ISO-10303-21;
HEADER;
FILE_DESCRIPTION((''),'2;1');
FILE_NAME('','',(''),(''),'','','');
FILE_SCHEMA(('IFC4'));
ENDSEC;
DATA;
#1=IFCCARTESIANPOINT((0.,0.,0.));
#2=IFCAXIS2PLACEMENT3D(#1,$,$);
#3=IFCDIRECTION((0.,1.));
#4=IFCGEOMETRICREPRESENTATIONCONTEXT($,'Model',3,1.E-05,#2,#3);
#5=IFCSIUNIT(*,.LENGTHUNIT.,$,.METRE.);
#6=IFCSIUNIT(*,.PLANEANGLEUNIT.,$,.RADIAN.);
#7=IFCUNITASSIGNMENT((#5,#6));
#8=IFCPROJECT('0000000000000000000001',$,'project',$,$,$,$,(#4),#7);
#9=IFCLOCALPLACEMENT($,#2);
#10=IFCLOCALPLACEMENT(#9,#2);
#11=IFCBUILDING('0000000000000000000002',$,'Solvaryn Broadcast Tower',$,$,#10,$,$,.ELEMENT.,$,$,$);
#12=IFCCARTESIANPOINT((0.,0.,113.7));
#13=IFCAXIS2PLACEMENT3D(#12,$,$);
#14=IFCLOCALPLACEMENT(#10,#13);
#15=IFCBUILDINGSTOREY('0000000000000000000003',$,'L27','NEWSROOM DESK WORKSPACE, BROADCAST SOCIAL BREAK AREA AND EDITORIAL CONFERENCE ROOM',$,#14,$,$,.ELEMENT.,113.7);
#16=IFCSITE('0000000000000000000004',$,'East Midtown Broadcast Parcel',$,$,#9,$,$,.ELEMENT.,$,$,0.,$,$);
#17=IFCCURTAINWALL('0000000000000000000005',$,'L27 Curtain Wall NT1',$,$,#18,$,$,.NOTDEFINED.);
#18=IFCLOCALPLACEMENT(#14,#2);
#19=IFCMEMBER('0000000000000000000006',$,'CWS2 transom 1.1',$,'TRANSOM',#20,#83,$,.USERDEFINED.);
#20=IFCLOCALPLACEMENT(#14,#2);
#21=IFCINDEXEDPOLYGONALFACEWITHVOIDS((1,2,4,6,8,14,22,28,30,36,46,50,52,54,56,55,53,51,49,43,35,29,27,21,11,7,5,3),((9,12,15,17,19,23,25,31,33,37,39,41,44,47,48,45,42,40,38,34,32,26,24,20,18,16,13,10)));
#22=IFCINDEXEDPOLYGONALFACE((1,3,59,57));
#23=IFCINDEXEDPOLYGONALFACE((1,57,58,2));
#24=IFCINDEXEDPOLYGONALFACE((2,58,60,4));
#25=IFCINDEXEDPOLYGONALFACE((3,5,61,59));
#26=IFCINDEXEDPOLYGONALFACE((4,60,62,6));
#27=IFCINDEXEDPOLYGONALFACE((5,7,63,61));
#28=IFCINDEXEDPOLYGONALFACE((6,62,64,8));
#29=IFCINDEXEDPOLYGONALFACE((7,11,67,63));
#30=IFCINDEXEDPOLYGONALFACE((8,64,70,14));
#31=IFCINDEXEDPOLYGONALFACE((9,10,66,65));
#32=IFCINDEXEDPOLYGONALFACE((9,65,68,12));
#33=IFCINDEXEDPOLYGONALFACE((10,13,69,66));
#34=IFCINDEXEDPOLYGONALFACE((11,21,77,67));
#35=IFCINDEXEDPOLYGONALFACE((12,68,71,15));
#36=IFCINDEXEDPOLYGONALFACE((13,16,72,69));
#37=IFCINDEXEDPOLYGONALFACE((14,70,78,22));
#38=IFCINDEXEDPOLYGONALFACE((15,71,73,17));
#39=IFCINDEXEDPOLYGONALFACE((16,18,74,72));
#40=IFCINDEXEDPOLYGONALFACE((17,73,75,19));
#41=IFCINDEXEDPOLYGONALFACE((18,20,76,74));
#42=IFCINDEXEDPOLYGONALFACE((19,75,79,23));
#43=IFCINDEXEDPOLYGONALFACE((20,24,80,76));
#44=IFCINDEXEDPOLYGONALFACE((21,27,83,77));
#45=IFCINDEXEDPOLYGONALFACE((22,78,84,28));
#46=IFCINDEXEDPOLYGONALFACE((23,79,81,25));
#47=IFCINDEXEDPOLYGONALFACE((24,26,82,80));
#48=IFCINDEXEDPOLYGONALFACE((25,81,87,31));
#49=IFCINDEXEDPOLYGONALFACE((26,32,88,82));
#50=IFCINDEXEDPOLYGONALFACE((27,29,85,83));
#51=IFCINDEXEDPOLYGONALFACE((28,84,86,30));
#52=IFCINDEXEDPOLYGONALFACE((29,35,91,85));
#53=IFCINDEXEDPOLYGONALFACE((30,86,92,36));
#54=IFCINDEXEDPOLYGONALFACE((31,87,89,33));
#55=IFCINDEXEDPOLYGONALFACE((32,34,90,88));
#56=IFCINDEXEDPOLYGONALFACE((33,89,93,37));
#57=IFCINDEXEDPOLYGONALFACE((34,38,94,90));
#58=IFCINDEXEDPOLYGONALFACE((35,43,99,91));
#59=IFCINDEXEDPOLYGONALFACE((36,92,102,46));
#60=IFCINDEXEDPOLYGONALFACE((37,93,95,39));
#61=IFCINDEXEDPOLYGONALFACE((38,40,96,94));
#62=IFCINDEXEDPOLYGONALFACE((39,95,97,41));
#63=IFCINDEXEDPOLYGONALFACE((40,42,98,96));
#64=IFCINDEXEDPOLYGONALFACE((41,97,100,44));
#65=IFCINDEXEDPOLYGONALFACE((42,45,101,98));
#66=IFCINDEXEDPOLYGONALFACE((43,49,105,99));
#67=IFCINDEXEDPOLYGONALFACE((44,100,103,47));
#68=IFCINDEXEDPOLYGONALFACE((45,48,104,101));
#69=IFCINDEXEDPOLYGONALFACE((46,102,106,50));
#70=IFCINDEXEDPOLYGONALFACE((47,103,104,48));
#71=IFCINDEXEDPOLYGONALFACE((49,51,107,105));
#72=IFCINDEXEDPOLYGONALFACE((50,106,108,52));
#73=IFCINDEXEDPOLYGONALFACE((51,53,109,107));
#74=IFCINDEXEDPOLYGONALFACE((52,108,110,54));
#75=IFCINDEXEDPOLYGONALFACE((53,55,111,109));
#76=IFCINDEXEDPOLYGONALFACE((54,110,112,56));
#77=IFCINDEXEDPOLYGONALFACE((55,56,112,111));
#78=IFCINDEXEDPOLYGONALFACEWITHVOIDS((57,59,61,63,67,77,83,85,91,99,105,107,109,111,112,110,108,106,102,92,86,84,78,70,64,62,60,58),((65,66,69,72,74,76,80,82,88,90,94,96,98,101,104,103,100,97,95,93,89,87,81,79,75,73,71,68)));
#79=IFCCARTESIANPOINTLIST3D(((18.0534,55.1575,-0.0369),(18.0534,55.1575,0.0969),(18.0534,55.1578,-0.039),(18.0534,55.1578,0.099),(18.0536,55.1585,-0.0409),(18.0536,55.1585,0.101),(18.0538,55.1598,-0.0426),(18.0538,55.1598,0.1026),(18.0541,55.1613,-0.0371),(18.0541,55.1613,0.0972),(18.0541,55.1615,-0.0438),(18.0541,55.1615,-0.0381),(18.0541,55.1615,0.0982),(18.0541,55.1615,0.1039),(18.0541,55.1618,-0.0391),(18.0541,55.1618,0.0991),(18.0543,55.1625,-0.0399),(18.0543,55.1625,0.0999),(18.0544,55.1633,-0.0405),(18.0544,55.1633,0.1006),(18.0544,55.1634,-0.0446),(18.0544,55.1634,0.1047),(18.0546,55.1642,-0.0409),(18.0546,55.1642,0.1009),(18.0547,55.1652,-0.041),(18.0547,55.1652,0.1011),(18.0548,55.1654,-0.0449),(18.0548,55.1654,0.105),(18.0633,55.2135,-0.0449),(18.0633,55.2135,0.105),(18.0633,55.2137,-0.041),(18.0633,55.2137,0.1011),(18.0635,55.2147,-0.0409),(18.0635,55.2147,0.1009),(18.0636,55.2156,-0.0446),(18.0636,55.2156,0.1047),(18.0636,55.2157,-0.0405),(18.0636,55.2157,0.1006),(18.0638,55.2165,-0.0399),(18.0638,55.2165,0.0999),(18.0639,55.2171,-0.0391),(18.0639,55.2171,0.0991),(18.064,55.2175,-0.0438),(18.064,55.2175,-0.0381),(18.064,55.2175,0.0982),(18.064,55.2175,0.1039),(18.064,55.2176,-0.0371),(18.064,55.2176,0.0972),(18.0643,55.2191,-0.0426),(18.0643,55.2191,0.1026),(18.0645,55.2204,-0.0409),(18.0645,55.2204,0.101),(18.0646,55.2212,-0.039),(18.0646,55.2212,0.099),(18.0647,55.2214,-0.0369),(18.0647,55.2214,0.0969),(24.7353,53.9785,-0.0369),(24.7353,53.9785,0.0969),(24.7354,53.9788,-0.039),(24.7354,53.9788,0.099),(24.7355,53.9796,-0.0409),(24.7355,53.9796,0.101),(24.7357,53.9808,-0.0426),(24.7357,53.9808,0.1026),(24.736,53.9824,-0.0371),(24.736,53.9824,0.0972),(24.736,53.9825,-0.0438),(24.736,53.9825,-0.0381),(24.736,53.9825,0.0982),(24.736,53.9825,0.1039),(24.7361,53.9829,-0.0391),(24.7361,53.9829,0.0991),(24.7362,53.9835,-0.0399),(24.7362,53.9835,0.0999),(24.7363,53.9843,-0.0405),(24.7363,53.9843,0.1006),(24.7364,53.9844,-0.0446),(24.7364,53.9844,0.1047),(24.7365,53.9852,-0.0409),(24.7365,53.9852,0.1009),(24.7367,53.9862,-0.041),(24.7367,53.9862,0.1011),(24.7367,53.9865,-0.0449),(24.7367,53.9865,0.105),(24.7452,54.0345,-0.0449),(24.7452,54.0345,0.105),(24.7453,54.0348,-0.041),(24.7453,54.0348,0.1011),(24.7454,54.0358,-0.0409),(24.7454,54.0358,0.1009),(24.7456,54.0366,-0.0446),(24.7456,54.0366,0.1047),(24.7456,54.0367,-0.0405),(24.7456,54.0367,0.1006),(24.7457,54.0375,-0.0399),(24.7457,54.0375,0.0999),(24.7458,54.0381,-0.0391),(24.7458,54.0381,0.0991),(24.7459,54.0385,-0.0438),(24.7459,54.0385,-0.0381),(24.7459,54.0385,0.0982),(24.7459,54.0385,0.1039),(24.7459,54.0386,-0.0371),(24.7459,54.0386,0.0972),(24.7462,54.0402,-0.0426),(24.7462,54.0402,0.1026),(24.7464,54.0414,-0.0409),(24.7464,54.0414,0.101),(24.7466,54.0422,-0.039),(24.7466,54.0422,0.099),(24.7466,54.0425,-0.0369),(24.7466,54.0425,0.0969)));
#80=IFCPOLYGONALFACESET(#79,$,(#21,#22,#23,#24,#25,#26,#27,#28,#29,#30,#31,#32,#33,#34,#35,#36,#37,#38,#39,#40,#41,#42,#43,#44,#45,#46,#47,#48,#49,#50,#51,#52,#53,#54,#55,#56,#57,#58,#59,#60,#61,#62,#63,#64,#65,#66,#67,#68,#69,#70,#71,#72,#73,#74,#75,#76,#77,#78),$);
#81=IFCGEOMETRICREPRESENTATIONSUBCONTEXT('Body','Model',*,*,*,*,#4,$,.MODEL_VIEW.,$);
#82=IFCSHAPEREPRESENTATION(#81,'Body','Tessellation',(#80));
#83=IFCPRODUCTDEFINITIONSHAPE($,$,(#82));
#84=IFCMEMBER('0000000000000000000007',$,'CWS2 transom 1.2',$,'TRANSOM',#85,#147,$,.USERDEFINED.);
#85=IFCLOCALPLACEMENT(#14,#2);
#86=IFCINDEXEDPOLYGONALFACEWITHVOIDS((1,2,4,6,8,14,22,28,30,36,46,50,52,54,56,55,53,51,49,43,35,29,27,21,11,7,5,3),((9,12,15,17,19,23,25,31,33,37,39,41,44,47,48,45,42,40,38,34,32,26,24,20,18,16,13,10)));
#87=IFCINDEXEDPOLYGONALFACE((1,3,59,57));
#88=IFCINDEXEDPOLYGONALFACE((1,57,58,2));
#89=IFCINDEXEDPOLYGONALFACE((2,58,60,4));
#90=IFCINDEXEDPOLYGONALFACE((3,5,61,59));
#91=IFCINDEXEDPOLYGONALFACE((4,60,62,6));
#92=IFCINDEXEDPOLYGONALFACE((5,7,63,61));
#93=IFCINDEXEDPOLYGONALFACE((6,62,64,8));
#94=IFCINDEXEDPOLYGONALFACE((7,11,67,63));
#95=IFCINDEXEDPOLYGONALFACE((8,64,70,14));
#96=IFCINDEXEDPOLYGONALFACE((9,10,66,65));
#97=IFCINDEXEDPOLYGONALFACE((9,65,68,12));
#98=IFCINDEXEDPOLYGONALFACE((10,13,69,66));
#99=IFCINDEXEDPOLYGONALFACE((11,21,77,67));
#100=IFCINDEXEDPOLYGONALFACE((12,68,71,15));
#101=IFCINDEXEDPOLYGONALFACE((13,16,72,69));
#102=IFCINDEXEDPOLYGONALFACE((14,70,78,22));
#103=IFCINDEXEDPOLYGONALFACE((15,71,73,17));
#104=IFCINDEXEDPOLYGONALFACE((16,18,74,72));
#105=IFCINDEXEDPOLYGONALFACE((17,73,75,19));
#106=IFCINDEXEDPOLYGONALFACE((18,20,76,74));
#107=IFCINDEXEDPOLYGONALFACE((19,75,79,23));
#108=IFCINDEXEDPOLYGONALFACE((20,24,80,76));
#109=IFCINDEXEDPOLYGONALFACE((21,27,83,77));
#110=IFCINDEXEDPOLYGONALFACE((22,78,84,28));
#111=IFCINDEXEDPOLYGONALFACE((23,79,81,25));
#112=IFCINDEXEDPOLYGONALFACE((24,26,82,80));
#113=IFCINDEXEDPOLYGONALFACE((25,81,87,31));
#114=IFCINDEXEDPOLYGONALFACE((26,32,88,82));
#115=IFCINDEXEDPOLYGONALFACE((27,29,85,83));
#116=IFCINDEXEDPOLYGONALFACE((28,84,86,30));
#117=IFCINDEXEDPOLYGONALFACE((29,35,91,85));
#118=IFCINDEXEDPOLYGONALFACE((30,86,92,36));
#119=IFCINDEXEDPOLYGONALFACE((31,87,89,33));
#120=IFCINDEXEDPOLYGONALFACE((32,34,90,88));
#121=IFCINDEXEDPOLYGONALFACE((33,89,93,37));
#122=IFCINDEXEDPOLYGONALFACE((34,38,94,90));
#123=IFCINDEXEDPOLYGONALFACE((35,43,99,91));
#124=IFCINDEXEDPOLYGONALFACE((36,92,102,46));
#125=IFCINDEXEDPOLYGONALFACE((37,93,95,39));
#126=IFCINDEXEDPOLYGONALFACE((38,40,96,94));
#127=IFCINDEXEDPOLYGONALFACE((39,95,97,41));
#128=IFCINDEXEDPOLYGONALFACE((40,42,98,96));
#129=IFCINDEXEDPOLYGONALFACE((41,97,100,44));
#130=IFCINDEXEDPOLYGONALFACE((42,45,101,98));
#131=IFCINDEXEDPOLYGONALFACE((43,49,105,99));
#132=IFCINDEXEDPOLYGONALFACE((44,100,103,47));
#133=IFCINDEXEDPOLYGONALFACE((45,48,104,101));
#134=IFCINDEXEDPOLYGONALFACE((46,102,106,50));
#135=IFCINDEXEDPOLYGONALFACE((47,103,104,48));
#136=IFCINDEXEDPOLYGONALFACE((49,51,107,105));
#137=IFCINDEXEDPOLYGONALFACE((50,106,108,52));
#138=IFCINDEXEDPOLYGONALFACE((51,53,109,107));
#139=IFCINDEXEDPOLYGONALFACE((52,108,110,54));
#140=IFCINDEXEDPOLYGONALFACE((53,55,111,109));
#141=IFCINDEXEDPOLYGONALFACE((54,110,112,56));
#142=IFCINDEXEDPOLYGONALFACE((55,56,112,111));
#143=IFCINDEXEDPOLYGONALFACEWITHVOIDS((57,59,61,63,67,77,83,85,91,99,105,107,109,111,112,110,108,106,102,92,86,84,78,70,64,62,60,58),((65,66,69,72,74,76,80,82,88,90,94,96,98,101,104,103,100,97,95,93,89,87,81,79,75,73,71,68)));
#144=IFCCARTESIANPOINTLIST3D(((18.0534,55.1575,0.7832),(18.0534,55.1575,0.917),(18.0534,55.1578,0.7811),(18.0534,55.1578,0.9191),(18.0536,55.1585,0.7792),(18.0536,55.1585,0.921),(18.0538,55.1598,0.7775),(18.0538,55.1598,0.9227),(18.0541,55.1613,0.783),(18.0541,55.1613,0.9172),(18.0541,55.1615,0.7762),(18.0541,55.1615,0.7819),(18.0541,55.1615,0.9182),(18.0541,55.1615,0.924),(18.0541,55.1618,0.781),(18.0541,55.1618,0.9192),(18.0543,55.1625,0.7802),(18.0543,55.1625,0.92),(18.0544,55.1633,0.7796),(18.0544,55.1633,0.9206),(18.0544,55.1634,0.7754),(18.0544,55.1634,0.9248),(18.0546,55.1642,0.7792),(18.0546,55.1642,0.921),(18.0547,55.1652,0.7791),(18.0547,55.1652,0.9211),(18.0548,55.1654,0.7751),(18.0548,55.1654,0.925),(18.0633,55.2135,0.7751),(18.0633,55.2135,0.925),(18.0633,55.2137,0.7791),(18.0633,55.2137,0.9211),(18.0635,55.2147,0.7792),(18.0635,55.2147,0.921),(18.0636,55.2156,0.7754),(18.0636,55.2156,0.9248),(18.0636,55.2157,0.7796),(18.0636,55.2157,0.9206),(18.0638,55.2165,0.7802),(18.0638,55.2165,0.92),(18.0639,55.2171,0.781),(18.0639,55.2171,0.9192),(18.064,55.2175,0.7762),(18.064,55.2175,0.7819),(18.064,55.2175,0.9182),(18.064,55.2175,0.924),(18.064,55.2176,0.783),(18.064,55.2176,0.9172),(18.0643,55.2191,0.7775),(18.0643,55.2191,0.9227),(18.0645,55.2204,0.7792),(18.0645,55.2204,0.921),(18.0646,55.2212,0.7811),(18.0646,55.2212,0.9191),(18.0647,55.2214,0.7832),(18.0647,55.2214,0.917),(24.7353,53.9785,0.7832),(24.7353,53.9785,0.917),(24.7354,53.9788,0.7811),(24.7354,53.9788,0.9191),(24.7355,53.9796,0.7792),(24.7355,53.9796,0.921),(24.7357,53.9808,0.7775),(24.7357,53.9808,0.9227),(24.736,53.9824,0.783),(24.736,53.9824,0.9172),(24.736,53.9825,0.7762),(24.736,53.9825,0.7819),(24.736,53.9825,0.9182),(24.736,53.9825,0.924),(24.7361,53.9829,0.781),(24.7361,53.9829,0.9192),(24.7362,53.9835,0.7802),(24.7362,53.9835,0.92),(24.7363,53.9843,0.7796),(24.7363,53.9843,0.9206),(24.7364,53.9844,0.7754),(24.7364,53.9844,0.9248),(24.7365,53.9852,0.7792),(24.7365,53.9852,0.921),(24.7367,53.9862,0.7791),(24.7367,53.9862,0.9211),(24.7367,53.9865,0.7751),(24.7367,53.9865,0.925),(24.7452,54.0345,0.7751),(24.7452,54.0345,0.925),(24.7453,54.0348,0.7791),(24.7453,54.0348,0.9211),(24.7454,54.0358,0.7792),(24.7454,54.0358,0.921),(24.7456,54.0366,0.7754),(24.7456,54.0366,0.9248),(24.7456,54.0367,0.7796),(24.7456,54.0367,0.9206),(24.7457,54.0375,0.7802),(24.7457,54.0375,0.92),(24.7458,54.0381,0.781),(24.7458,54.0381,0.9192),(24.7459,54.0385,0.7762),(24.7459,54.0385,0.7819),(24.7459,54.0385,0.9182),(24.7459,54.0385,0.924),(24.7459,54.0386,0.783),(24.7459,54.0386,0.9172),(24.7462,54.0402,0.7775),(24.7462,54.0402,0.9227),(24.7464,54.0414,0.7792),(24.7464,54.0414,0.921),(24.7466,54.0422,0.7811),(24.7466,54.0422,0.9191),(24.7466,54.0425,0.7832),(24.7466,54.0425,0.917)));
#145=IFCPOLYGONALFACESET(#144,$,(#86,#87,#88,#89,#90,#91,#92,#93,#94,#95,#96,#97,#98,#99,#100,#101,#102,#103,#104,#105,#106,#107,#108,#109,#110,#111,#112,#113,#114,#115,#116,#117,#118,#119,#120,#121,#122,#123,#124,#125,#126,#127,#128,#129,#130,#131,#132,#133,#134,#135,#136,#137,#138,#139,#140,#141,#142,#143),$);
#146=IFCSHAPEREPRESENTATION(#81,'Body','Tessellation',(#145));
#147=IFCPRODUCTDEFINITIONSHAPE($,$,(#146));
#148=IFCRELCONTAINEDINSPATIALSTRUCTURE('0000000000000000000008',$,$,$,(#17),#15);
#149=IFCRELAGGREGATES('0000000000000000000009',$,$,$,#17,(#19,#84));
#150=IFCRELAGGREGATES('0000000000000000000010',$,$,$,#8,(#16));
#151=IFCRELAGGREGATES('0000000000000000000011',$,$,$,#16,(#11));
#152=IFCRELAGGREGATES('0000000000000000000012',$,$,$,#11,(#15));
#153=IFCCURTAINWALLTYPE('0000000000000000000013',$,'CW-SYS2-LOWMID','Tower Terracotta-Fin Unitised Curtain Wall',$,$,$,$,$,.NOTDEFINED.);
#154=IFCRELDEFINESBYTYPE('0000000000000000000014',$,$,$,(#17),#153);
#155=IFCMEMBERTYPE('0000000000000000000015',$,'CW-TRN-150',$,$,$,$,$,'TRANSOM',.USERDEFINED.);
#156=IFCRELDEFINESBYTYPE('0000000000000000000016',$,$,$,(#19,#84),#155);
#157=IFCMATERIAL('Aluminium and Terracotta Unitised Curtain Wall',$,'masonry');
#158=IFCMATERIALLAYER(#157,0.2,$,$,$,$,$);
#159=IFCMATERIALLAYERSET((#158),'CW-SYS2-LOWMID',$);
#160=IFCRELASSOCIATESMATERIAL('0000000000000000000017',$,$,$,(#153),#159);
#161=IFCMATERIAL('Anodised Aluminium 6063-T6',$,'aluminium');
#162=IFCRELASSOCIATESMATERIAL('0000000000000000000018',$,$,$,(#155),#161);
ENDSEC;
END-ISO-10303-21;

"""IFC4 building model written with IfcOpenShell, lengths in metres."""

from ifc_helpers import new_model, si_unit, direction, frame, origin, origin_2d, place, context, subcontext, project, spatial, hollow_rectangle, extrude, material, layer, layer_set, material_profile, profile_set, type_object, element, aggregate, save


model = new_model("IFC4")

# Units and contexts
model_context = context("Model", 3, precision=1e-05, world=origin(), true_north=direction((0.0, 1.0)))
body_context = subcontext(model_context, "Body", "Model", "MODEL_VIEW")
ifc_project = project(units=[si_unit("LENGTHUNIT", "METRE"), si_unit("PLANEANGLEUNIT", "RADIAN")], contexts=[model_context])

# Site, building, storey
site_placement = place(None, origin())
site = spatial("IfcSite", under=ifc_project, at=site_placement, Name="East Midtown Broadcast Parcel", CompositionType="ELEMENT", RefElevation=0.0)
building_placement = place(site_placement, origin())
building = spatial("IfcBuilding", under=site, at=building_placement, Name="Solvaryn Broadcast Tower", CompositionType="ELEMENT")
storey_placement = place(building_placement, frame((0.0, 0.0, 113.7)))
storey = spatial("IfcBuildingStorey", under=building, at=storey_placement, Name="L27", Description="NEWSROOM DESK WORKSPACE, BROADCAST SOCIAL BREAK AREA AND EDITORIAL CONFERENCE ROOM", CompositionType="ELEMENT", Elevation=113.7)

# Shared definitions
ifc_material_1 = material(Name="Aluminium and Terracotta Unitised Curtain Wall", Category="masonry")
ifc_layer_1 = layer(ifc_material_1, 0.2)
ifc_layer_set_1 = layer_set([ifc_layer_1], Name="CW-SYS2-LOWMID")
curtain_wall_type = type_object("IfcCurtainWallType", Name="CW-SYS2-LOWMID", Description="Tower Terracotta-Fin Unitised Curtain Wall", PredefinedType="NOTDEFINED", material=ifc_layer_set_1)

# Curtain wall
curtain_wall_1_placement = place(storey_placement, origin())
curtain_wall_1 = element("IfcCurtainWall", 1, at=curtain_wall_1_placement, inside=storey, type_object=curtain_wall_type, Name="L27 Curtain Wall NT1", PredefinedType="NOTDEFINED")

# Members
ifc_material_2 = material(Name="Anodised Aluminium 6063-T6", Category="aluminium")
ifc_material_profile_1 = material_profile(ifc_material_2, hollow_rectangle(XDim=0.0649, YDim=0.1499, WallThickness=0.0039, InnerFilletRadius=0.0039, OuterFilletRadius=0.0081, at=origin_2d()))
ifc_profile_set_1 = profile_set([ifc_material_profile_1], Name="Anodised Aluminium 6063-T6")
member_type_1 = type_object("IfcMemberType", Name="CW-TRN-150", ElementType="TRANSOM", PredefinedType="USERDEFINED", material=ifc_profile_set_1)
member_1_placement = place(storey_placement, frame((24.741, 54.0105, 0.03), z_axis=(-0.984789, 0.173757, 0.0), x_axis=(-0.173757, -0.984789, 0.0)))
member_1 = element("IfcMember", 2, at=member_1_placement, type_object=member_type_1, Name="CWS2 transom 1.1", ObjectType="TRANSOM", PredefinedType="USERDEFINED", context=body_context, shape_type="SweptSolid", body=[
    extrude(hollow_rectangle(XDim=0.0649, YDim=0.1499, WallThickness=0.0039, InnerFilletRadius=0.0039, OuterFilletRadius=0.0081, at=origin_2d()), origin(), (0.0, 0.0, 1.0), 6.7852),
])
member_2_placement = place(storey_placement, frame((24.741, 54.0105, 0.8501), z_axis=(-0.984789, 0.173757, 0.0), x_axis=(-0.173757, -0.984789, 0.0)))
member_2 = element("IfcMember", 3, at=member_2_placement, type_object=member_type_1, Name="CWS2 transom 1.2", ObjectType="TRANSOM", PredefinedType="USERDEFINED", context=body_context, shape_type="SweptSolid", body=[
    extrude(hollow_rectangle(XDim=0.0649, YDim=0.1499, WallThickness=0.0039, InnerFilletRadius=0.0039, OuterFilletRadius=0.0081, at=origin_2d()), origin(), (0.0, 0.0, 1.0), 6.7852),
])
aggregate(curtain_wall_1, [member_1, member_2])

save(model, "model.ifc")
